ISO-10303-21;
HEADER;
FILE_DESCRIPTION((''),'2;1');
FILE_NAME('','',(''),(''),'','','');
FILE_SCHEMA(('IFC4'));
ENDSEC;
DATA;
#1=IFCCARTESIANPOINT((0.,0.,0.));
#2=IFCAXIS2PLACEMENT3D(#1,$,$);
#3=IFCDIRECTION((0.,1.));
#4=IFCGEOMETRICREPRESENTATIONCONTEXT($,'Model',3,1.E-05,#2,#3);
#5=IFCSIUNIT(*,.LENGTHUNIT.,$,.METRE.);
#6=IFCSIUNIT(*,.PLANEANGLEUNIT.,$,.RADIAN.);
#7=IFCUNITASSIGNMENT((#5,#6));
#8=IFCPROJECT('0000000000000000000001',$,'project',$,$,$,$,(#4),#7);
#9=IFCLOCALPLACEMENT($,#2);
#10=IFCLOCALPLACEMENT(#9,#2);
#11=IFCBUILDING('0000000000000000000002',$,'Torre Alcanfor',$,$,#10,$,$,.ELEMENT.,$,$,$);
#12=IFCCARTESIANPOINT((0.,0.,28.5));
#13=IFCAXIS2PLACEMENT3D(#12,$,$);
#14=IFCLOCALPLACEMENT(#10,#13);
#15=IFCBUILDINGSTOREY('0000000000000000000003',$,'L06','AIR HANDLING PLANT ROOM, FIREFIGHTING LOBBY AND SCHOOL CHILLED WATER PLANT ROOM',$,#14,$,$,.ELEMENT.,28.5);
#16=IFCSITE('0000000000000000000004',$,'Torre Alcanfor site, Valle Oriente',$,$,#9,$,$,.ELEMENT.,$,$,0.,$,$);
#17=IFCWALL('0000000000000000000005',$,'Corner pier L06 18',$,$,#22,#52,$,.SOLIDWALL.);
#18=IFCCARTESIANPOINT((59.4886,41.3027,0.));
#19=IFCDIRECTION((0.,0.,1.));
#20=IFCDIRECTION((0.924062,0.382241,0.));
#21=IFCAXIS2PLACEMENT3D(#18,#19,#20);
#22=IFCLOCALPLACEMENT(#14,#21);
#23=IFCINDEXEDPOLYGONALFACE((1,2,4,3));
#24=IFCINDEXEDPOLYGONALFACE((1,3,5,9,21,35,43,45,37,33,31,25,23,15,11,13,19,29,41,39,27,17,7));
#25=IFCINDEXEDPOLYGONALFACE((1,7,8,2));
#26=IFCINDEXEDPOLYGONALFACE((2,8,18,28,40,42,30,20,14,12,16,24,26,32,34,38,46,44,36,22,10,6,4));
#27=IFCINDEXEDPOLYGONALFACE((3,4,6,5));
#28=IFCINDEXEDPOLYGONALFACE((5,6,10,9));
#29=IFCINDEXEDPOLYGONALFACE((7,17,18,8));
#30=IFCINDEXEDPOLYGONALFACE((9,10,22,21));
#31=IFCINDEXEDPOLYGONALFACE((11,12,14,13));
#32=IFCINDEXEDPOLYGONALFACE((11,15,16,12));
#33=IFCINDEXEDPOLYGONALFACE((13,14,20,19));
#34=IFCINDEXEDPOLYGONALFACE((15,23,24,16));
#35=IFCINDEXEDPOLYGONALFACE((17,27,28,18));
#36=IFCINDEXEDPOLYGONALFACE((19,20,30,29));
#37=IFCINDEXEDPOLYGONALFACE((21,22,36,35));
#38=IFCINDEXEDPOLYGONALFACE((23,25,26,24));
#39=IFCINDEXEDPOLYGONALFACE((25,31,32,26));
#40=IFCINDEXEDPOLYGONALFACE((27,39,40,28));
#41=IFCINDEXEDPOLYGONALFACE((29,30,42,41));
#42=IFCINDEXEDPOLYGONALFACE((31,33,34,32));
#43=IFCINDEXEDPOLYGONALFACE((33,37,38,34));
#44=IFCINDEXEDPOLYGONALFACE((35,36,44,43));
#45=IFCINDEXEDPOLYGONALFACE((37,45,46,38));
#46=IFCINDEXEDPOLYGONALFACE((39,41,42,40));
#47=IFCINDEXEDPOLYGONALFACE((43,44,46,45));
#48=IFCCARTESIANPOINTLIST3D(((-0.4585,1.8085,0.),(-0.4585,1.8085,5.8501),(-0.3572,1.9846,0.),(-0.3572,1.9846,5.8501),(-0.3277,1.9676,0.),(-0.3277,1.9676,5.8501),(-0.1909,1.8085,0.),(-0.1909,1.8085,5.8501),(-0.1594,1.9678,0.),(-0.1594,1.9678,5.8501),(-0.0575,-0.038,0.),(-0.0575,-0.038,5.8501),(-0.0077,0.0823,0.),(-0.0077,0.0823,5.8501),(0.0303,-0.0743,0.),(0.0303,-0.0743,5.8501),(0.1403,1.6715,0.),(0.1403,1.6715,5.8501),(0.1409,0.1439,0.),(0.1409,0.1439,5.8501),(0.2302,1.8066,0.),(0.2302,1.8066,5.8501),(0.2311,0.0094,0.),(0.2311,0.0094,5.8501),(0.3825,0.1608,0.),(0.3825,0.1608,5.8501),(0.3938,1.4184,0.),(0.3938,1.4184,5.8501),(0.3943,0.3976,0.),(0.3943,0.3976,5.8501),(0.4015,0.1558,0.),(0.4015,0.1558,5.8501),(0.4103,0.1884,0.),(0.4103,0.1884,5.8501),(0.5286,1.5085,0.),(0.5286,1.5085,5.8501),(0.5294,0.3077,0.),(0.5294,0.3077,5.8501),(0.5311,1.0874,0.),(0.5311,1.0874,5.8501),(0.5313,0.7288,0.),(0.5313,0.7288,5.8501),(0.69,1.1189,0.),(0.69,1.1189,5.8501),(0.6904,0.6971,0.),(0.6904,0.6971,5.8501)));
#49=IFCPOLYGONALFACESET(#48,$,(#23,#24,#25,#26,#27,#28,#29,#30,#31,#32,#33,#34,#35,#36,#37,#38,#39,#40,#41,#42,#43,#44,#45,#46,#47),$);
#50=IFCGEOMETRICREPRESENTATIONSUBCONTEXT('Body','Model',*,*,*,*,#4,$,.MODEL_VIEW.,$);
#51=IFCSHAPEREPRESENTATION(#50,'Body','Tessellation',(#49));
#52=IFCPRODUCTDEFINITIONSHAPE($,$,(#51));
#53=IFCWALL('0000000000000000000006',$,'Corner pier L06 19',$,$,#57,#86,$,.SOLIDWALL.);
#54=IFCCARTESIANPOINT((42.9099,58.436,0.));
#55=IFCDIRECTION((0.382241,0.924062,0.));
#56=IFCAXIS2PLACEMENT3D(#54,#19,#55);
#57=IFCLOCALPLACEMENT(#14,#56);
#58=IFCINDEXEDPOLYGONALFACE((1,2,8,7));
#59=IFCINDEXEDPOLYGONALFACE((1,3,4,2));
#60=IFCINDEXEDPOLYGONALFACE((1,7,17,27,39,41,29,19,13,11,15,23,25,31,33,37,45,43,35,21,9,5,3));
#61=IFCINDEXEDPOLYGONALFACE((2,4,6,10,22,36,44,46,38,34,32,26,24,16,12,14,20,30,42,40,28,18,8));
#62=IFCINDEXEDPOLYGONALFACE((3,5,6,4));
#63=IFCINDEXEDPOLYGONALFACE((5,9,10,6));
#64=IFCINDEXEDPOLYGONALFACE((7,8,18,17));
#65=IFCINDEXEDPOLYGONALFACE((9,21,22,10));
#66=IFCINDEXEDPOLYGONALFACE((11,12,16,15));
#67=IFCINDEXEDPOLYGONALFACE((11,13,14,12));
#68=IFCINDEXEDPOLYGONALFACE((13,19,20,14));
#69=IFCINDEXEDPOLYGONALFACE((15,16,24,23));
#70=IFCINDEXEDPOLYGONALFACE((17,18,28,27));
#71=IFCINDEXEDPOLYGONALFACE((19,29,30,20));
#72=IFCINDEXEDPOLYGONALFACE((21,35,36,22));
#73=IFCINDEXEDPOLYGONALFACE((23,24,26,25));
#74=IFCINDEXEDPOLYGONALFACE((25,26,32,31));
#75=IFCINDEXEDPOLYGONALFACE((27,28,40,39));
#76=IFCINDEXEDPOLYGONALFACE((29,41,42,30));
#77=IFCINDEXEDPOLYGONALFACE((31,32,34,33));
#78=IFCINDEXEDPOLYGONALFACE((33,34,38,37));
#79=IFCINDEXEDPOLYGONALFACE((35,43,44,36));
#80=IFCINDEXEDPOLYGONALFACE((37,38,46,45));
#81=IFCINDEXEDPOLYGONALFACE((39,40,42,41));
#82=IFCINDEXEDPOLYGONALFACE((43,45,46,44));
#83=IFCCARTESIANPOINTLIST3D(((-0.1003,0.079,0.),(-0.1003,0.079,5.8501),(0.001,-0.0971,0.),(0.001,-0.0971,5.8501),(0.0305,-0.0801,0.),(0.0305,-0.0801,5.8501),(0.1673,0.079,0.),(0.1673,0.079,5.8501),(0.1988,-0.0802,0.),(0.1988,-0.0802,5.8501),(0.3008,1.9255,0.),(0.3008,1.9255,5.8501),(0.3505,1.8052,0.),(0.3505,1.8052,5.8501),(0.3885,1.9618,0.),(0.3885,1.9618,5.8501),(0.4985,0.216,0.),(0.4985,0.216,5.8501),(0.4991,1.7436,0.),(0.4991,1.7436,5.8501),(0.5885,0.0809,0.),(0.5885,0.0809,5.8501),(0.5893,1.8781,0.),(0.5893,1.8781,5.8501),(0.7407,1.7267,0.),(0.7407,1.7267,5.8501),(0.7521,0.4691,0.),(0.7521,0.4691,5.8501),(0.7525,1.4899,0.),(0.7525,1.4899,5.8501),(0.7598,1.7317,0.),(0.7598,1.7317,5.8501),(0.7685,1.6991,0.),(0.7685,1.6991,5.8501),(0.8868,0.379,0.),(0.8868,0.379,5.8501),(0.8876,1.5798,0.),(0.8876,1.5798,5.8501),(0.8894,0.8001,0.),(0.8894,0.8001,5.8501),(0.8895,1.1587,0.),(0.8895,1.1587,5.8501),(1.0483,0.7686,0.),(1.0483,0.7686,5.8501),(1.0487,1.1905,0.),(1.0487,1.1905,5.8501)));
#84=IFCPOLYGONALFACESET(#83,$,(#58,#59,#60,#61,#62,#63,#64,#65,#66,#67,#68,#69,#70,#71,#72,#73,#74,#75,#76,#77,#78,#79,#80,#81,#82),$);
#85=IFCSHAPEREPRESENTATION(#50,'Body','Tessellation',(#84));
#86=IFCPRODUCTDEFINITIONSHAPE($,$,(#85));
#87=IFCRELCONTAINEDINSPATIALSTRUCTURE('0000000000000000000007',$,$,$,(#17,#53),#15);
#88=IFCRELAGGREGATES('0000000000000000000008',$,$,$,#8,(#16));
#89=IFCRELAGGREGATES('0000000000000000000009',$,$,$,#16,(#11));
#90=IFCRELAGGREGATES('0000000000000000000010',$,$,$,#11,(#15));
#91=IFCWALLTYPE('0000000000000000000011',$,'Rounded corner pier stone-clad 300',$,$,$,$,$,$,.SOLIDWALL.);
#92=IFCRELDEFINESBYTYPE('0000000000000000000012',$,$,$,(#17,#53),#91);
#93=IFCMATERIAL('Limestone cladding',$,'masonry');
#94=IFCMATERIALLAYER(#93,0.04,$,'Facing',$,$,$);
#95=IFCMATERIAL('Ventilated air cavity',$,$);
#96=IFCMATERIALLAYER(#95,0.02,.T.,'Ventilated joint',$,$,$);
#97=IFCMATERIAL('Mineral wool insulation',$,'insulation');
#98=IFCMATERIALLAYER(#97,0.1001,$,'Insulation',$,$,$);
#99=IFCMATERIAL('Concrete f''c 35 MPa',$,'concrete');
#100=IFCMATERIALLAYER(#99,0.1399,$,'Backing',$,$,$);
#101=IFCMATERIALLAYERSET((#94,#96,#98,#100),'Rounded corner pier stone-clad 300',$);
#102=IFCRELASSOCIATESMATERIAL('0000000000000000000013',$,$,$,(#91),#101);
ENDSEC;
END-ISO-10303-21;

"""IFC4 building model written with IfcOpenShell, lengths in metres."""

from ifc_helpers import new_model, si_unit, direction, frame, origin, place, context, subcontext, project, spatial, polyline, outline, extrude, material, layer, layer_set, type_object, element, save


model = new_model("IFC4")

# Units and contexts
model_context = context("Model", 3, precision=1e-05, world=origin(), true_north=direction((0.0, 1.0)))
body_context = subcontext(model_context, "Body", "Model", "MODEL_VIEW")
ifc_project = project(units=[si_unit("LENGTHUNIT", "METRE"), si_unit("PLANEANGLEUNIT", "RADIAN")], contexts=[model_context])

# Site, building, storey
site_placement = place(None, origin())
site = spatial("IfcSite", under=ifc_project, at=site_placement, Name="Torre Alcanfor site, Valle Oriente", CompositionType="ELEMENT", RefElevation=0.0)
building_placement = place(site_placement, origin())
building = spatial("IfcBuilding", under=site, at=building_placement, Name="Torre Alcanfor", CompositionType="ELEMENT")
storey_placement = place(building_placement, frame((0.0, 0.0, 28.5)))
storey = spatial("IfcBuildingStorey", under=building, at=storey_placement, Name="L06", Description="AIR HANDLING PLANT ROOM, FIREFIGHTING LOBBY AND SCHOOL CHILLED WATER PLANT ROOM", CompositionType="ELEMENT", Elevation=28.5)

# Shared definitions
ifc_material_1 = material(Name="Limestone cladding", Category="masonry")
ifc_material_2 = material(Name="Ventilated air cavity")
ifc_material_3 = material(Name="Mineral wool insulation", Category="insulation")
ifc_material_4 = material(Name="Concrete f'c 35 MPa", Category="concrete")

# Walls
ifc_layer_1 = layer(ifc_material_1, 0.04, Name="Facing")
ifc_layer_2 = layer(ifc_material_2, 0.02, ventilated=True, Name="Ventilated joint")
ifc_layer_3 = layer(ifc_material_3, 0.1001, Name="Insulation")
ifc_layer_4 = layer(ifc_material_4, 0.1399, Name="Backing")
ifc_layer_set_1 = layer_set([ifc_layer_1, ifc_layer_2, ifc_layer_3, ifc_layer_4], Name="Rounded corner pier stone-clad 300")
wall_type_1 = type_object("IfcWallType", Name="Rounded corner pier stone-clad 300", PredefinedType="SOLIDWALL", material=ifc_layer_set_1)
wall_1_placement = place(storey_placement, frame((59.4886, 41.3027, 0.0), z_axis=(0.0, 0.0, 1.0), x_axis=(0.924062, 0.382241, 0.0)))
element("IfcWall", 1, at=wall_1_placement, inside=storey, type_object=wall_type_1, Name="Corner pier L06 18", PredefinedType="SOLIDWALL", context=body_context, shape_type="SweptSolid", body=[
    extrude(outline(polyline([(0.5294, 0.3077), (0.6904, 0.6971), (0.69, 1.1189), (0.5286, 1.5085), (0.2302, 1.8066), (-0.1594, 1.9678), (-0.3277, 1.9676), (-0.3572, 1.9846), (-0.4585, 1.8085), (-0.1909, 1.8085), (0.1403, 1.6715), (0.3938, 1.4184), (0.5311, 1.0874), (0.5313, 0.7288), (0.3943, 0.3976), (0.1409, 0.1439), (-0.0077, 0.0823), (-0.0575, -0.038), (0.0303, -0.0743), (0.2311, 0.0094), (0.3825, 0.1608), (0.4015, 0.1558), (0.4103, 0.1884), (0.5294, 0.3077)])), origin(), (0.0, 0.0, 1.0), 5.8501),
])
wall_2_placement = place(storey_placement, frame((42.9099, 58.436, 0.0), z_axis=(0.0, 0.0, 1.0), x_axis=(0.382241, 0.924062, 0.0)))
element("IfcWall", 2, at=wall_2_placement, inside=storey, type_object=wall_type_1, Name="Corner pier L06 19", PredefinedType="SOLIDWALL", context=body_context, shape_type="SweptSolid", body=[
    extrude(outline(polyline([(0.7598, 1.7317), (0.7407, 1.7267), (0.5893, 1.8781), (0.3885, 1.9618), (0.3008, 1.9255), (0.3505, 1.8052), (0.4991, 1.7436), (0.7525, 1.4899), (0.8895, 1.1587), (0.8894, 0.8001), (0.7521, 0.4691), (0.4985, 0.216), (0.1673, 0.079), (-0.1003, 0.079), (0.001, -0.0971), (0.0305, -0.0801), (0.1988, -0.0802), (0.5885, 0.0809), (0.8868, 0.379), (1.0483, 0.7686), (1.0487, 1.1905), (0.8876, 1.5798), (0.7685, 1.6991), (0.7598, 1.7317)])), origin(), (0.0, 0.0, 1.0), 5.8501),
])

save(model, "model.ifc")
